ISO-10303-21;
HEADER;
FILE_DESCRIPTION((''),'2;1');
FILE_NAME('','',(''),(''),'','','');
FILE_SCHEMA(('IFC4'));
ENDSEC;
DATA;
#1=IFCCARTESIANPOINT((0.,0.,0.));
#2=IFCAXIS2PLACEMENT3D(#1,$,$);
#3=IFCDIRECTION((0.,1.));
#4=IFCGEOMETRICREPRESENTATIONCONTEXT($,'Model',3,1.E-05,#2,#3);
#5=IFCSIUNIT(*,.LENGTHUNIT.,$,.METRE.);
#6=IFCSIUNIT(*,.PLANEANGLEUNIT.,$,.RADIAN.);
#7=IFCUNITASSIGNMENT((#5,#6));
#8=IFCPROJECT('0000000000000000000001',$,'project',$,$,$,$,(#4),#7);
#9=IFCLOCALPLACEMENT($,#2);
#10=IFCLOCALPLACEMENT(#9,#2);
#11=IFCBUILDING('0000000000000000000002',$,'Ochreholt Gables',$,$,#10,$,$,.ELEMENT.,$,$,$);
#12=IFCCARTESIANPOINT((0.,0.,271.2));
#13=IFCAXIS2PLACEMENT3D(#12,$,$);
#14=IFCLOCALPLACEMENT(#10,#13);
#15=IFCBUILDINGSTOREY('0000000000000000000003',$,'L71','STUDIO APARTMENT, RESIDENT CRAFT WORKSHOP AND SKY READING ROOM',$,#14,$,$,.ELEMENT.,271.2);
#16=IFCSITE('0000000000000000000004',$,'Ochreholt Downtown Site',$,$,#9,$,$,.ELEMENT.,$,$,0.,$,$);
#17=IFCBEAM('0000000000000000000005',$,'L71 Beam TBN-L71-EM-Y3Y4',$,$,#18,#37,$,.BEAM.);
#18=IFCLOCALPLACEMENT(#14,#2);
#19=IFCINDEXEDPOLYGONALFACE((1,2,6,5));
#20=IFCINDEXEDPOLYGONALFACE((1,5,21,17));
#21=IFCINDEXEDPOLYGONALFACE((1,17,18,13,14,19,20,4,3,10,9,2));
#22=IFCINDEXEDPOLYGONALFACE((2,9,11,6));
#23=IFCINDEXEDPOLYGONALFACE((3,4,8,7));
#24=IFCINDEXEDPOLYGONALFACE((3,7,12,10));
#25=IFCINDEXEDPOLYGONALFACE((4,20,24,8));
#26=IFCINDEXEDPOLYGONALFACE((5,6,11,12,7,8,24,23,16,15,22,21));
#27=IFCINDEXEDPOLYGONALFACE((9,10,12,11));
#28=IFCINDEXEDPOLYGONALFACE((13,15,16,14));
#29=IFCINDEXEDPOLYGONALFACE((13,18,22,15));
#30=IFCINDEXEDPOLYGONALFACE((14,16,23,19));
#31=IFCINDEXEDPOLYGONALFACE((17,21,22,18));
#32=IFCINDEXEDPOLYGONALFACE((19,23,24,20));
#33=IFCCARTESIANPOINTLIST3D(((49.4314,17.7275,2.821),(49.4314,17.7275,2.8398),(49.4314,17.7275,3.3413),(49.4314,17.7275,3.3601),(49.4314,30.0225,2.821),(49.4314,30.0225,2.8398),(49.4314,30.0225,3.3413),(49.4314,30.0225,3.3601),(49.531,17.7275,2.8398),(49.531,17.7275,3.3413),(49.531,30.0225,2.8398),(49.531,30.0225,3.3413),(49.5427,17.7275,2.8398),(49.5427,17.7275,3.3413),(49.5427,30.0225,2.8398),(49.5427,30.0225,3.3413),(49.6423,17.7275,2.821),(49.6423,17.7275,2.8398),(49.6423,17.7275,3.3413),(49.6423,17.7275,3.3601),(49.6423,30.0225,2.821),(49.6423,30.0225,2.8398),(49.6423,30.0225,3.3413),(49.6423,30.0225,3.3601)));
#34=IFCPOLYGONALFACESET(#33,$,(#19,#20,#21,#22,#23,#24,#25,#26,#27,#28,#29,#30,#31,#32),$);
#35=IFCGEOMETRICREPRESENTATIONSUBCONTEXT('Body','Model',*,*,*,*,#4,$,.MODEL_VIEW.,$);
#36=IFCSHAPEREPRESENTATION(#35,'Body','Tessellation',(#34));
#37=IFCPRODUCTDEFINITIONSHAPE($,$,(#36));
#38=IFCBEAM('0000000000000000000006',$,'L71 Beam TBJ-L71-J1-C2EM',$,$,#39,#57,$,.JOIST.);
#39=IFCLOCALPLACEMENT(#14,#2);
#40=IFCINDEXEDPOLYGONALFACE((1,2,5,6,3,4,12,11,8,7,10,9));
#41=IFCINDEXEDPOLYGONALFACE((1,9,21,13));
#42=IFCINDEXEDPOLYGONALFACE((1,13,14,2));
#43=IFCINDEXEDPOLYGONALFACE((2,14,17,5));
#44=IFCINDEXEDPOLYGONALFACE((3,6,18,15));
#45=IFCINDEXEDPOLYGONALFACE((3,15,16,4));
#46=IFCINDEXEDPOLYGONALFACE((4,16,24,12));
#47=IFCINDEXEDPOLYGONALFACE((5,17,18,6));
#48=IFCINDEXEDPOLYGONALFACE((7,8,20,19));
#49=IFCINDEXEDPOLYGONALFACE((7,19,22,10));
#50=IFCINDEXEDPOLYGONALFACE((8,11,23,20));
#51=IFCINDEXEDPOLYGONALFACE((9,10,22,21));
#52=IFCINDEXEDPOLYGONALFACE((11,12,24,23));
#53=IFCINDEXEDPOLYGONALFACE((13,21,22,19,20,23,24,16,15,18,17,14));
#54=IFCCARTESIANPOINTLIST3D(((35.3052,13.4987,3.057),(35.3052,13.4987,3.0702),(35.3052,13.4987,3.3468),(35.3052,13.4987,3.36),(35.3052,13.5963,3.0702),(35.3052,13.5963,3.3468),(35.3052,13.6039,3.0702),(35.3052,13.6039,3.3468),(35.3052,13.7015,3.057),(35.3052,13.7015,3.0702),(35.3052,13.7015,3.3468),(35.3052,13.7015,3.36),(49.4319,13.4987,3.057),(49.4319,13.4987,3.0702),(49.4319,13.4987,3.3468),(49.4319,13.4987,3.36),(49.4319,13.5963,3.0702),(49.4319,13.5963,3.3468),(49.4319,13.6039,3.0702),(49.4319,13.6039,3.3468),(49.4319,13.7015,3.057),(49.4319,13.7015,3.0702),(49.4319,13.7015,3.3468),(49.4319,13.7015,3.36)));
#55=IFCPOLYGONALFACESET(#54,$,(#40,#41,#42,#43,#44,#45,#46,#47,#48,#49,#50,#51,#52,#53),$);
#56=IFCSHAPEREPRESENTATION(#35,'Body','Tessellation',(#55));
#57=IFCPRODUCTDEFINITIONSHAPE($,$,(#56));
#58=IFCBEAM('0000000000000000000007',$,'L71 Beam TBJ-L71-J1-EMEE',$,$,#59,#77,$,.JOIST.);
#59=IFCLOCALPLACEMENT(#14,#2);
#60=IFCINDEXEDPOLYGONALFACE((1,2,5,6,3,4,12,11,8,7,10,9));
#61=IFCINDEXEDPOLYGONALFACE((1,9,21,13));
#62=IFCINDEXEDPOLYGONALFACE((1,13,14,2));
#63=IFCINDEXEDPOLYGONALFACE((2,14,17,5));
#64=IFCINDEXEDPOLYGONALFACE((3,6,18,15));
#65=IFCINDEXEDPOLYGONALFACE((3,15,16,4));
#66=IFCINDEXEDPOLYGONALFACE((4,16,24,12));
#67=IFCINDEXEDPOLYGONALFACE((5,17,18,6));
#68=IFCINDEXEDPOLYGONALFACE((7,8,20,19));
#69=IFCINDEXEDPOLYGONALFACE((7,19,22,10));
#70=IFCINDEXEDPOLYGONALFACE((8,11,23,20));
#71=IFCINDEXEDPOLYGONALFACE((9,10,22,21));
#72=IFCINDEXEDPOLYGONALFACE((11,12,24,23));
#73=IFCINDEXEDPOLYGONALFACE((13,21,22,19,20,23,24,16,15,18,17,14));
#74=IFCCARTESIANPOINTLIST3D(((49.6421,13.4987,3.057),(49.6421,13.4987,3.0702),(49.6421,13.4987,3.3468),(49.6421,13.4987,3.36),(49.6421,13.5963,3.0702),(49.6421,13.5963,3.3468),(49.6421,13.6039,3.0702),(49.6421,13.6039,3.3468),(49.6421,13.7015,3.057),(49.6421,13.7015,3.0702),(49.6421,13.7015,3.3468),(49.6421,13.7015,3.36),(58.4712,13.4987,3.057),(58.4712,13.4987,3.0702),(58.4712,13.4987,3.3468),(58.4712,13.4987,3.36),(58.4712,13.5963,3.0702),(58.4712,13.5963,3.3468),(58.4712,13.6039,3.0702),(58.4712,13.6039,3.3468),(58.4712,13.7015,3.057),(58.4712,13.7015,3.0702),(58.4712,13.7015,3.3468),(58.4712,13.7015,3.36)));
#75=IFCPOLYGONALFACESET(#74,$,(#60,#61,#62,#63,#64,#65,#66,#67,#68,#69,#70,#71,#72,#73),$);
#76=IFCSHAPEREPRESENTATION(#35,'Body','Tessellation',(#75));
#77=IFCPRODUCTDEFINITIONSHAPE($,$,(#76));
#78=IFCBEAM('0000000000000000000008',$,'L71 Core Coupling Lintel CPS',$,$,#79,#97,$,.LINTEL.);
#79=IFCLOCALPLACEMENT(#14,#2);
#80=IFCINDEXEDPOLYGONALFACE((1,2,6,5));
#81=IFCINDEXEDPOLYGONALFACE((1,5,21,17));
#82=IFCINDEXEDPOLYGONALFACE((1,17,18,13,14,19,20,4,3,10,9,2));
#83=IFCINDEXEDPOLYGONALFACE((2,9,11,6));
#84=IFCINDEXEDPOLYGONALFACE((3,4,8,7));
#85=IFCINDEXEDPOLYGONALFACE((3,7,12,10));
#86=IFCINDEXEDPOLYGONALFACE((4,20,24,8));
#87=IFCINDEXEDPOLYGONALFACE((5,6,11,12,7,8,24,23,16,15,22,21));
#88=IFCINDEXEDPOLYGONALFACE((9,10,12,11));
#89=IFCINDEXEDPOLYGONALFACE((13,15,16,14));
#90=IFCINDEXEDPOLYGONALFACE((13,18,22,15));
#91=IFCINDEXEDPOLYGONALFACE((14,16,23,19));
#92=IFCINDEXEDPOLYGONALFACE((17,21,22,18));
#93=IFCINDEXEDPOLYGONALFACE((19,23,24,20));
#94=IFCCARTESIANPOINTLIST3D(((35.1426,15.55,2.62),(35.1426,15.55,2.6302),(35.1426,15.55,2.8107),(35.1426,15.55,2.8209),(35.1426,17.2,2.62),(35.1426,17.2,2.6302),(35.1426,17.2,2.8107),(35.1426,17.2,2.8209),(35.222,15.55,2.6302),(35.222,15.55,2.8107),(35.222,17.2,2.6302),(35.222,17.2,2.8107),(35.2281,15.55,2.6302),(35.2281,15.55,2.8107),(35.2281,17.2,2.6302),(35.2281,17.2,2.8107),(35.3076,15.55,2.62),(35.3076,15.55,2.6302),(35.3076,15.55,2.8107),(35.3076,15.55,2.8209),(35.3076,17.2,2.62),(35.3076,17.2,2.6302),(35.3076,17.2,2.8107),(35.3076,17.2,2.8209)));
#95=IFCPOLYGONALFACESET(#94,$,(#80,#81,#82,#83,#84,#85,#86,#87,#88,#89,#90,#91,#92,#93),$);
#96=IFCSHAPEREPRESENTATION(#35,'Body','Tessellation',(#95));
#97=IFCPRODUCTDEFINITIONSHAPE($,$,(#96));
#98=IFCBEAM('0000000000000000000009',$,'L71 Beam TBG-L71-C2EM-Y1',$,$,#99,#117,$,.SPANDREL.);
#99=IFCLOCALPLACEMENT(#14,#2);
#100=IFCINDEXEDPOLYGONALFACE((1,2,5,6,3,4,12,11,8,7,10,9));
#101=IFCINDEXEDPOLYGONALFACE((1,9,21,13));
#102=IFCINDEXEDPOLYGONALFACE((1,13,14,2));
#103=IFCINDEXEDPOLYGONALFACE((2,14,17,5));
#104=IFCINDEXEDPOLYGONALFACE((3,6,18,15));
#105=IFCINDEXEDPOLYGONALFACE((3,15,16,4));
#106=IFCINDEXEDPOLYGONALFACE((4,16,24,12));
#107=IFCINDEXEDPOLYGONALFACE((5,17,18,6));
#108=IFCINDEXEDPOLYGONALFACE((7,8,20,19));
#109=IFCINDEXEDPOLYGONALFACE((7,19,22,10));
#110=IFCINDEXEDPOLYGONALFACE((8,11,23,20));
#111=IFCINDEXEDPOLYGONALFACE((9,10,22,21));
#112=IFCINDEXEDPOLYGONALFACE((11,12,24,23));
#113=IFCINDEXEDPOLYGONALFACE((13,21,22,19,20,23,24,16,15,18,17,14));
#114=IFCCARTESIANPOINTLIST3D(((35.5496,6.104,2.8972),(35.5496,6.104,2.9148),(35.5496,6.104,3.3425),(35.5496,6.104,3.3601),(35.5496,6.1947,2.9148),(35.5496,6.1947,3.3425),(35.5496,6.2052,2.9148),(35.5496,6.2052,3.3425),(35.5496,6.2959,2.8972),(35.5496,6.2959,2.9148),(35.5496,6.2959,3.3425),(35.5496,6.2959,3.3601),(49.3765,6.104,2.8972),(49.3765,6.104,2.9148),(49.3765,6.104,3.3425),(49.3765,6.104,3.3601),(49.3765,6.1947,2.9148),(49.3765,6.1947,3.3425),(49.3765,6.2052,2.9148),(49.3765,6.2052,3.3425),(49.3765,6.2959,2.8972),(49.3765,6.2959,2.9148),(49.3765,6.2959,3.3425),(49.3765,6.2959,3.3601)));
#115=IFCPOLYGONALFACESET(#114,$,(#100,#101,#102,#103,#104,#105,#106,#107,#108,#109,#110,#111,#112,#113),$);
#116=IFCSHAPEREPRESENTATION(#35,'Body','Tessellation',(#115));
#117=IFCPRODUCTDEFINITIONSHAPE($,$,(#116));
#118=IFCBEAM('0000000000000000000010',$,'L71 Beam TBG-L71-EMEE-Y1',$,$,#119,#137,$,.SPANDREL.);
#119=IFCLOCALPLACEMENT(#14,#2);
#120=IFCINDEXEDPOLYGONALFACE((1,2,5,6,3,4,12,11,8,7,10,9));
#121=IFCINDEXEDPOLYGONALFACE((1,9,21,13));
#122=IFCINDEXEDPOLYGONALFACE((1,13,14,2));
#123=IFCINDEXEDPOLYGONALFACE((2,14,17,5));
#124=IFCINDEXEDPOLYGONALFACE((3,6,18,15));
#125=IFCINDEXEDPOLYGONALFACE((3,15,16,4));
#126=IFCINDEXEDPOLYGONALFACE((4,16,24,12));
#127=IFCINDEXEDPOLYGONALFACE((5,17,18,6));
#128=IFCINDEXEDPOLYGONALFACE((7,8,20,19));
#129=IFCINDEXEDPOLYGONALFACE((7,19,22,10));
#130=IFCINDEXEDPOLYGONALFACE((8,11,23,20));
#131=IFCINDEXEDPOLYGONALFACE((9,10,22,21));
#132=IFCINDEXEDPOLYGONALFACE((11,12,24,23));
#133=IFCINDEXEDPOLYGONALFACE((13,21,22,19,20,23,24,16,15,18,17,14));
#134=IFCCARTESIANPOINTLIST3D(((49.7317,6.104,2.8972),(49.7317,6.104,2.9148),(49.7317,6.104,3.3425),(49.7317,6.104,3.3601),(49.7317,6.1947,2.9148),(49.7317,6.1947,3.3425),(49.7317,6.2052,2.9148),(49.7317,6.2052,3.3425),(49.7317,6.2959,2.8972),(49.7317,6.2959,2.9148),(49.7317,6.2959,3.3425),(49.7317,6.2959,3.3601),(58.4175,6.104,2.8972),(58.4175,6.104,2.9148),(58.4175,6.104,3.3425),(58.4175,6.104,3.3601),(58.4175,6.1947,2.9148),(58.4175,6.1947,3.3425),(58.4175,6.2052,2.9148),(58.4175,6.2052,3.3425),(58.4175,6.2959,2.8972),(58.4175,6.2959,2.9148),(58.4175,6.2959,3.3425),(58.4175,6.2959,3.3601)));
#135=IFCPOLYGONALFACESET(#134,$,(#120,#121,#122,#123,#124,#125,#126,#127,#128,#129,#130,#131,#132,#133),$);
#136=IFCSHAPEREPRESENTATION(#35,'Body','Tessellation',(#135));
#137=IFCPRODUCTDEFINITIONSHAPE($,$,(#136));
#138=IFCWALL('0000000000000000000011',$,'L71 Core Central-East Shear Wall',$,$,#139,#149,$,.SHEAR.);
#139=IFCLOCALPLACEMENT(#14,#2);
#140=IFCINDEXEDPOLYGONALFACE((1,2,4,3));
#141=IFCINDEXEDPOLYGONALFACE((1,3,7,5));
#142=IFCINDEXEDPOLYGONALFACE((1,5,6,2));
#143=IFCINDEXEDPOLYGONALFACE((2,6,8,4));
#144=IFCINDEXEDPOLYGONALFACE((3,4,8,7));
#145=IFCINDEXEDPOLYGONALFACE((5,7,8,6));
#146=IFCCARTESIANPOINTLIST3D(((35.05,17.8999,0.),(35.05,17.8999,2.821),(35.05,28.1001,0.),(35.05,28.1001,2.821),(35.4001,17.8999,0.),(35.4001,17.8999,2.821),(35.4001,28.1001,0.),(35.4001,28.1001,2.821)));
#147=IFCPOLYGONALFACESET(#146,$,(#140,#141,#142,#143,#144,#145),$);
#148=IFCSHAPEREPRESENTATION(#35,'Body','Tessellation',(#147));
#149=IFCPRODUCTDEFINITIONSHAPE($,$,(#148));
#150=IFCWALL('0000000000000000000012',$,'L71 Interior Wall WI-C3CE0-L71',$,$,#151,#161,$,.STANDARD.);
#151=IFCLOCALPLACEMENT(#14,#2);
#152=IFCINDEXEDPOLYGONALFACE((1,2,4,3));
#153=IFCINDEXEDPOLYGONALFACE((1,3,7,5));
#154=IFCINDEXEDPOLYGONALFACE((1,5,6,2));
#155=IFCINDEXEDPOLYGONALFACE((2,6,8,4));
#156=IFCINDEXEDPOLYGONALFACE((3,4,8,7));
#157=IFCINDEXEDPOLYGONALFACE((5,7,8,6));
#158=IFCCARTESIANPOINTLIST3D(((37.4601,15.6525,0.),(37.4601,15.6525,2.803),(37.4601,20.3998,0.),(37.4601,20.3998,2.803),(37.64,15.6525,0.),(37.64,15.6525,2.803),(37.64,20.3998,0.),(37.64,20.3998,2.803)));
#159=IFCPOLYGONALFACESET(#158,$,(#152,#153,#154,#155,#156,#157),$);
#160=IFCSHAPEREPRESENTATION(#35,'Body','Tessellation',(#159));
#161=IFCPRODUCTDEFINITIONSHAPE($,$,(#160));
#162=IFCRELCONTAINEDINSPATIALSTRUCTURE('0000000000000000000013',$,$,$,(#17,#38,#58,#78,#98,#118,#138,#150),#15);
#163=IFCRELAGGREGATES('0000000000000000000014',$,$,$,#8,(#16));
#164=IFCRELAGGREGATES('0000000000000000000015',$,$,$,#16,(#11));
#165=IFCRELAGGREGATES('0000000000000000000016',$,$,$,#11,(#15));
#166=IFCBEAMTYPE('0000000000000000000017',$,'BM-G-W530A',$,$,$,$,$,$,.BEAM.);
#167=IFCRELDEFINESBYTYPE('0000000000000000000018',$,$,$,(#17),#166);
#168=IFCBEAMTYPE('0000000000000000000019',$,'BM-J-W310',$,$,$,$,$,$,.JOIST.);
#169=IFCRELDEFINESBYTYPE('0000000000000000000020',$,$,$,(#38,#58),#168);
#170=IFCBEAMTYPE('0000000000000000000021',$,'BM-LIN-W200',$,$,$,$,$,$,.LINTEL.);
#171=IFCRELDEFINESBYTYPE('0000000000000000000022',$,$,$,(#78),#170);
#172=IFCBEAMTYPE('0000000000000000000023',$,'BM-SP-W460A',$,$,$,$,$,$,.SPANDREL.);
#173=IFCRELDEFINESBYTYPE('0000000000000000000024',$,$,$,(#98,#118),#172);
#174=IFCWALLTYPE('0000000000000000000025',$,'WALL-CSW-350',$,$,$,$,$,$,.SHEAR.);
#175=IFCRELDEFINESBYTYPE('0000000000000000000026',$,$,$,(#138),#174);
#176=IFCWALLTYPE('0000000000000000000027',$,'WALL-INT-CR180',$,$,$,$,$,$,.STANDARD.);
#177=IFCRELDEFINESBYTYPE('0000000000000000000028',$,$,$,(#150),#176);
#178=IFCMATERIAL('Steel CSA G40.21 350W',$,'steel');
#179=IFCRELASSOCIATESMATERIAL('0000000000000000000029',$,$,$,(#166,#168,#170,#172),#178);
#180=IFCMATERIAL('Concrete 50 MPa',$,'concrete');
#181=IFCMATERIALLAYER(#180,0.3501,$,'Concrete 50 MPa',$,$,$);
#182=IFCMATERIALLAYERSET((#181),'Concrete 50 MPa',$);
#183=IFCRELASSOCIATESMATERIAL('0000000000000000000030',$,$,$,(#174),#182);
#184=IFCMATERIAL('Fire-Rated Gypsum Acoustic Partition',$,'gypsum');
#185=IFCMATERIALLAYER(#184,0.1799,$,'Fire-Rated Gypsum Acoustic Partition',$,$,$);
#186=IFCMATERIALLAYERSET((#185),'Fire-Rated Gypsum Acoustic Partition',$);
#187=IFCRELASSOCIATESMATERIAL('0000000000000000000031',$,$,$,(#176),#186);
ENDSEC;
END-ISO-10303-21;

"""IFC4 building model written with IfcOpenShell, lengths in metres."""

from ifc_helpers import new_model, si_unit, direction, frame, frame_2d, origin, origin_2d, place, context, subcontext, project, spatial, rectangle, i_section, extrude, material, layer, layer_set, material_profile, profile_set, type_object, element, save


model = new_model("IFC4")

# Units and contexts
model_context = context("Model", 3, precision=1e-05, world=origin(), true_north=direction((0.0, 1.0)))
body_context = subcontext(model_context, "Body", "Model", "MODEL_VIEW")
ifc_project = project(units=[si_unit("LENGTHUNIT", "METRE"), si_unit("PLANEANGLEUNIT", "RADIAN")], contexts=[model_context])

# Site, building, storey
site_placement = place(None, origin())
site = spatial("IfcSite", under=ifc_project, at=site_placement, Name="Ochreholt Downtown Site", CompositionType="ELEMENT", RefElevation=0.0)
building_placement = place(site_placement, origin())
building = spatial("IfcBuilding", under=site, at=building_placement, Name="Ochreholt Gables", CompositionType="ELEMENT")
storey_placement = place(building_placement, frame((0.0, 0.0, 271.2)))
storey = spatial("IfcBuildingStorey", under=building, at=storey_placement, Name="L71", Description="STUDIO APARTMENT, RESIDENT CRAFT WORKSHOP AND SKY READING ROOM", CompositionType="ELEMENT", Elevation=271.2)

# Shared definitions
ifc_material_1 = material(Name="Steel CSA G40.21 350W", Category="steel")

# Beams
ifc_material_profile_1 = material_profile(ifc_material_1, i_section(OverallWidth=0.2109, OverallDepth=0.5391, WebThickness=0.0117, FlangeThickness=0.0188, at=origin_2d()), Name="W530X109")
ifc_profile_set_1 = profile_set([ifc_material_profile_1], Name="Steel CSA G40.21 350W")
beam_type_1 = type_object("IfcBeamType", Name="BM-G-W530A", PredefinedType="BEAM", material=ifc_profile_set_1)
beam_1_placement = place(storey_placement, frame((49.5369, 17.7275, 3.0906), z_axis=(0.0, 1.0, 0.0), x_axis=(-1.0, 0.0, 0.0)))
element("IfcBeam", 1, at=beam_1_placement, inside=storey, type_object=beam_type_1, Name="L71 Beam TBN-L71-EM-Y3Y4", PredefinedType="BEAM", context=body_context, shape_type="SweptSolid", body=[
    extrude(i_section(OverallWidth=0.2109, OverallDepth=0.5391, WebThickness=0.0117, FlangeThickness=0.0188, at=origin_2d()), origin(), (0.0, 0.0, 1.0), 12.2949),
])
ifc_material_profile_2 = material_profile(ifc_material_1, i_section(OverallWidth=0.2029, OverallDepth=0.303, WebThickness=0.0076, FlangeThickness=0.0132, at=origin_2d()), Name="W310X60")
ifc_profile_set_2 = profile_set([ifc_material_profile_2], Name="Steel CSA G40.21 350W")
beam_type_2 = type_object("IfcBeamType", Name="BM-J-W310", PredefinedType="JOIST", material=ifc_profile_set_2)
beam_2_placement = place(storey_placement, frame((35.3052, 13.6001, 3.2085), z_axis=(1.0, 0.0, 0.0), x_axis=(0.0, 1.0, 0.0)))
element("IfcBeam", 2, at=beam_2_placement, inside=storey, type_object=beam_type_2, Name="L71 Beam TBJ-L71-J1-C2EM", PredefinedType="JOIST", context=body_context, shape_type="SweptSolid", body=[
    extrude(i_section(OverallWidth=0.2029, OverallDepth=0.303, WebThickness=0.0076, FlangeThickness=0.0132, at=origin_2d()), origin(), (0.0, 0.0, 1.0), 14.1267),
])
beam_3_placement = place(storey_placement, frame((49.6421, 13.6001, 3.2085), z_axis=(1.0, 0.0, 0.0), x_axis=(0.0, 1.0, 0.0)))
element("IfcBeam", 3, at=beam_3_placement, inside=storey, type_object=beam_type_2, Name="L71 Beam TBJ-L71-J1-EMEE", PredefinedType="JOIST", context=body_context, shape_type="SweptSolid", body=[
    extrude(i_section(OverallWidth=0.2029, OverallDepth=0.303, WebThickness=0.0076, FlangeThickness=0.0132, at=origin_2d()), origin(), (0.0, 0.0, 1.0), 8.8291),
])
ifc_material_profile_3 = material_profile(ifc_material_1, i_section(OverallWidth=0.165, OverallDepth=0.2009, WebThickness=0.0061, FlangeThickness=0.0103, at=origin_2d()), Name="W200X36")
ifc_profile_set_3 = profile_set([ifc_material_profile_3], Name="Steel CSA G40.21 350W")
beam_type_3 = type_object("IfcBeamType", Name="BM-LIN-W200", PredefinedType="LINTEL", material=ifc_profile_set_3)
beam_4_placement = place(storey_placement, frame((35.2251, 15.55, 2.7205), z_axis=(0.0, 1.0, 0.0), x_axis=(-1.0, 0.0, 0.0)))
element("IfcBeam", 4, at=beam_4_placement, inside=storey, type_object=beam_type_3, Name="L71 Core Coupling Lintel CPS", PredefinedType="LINTEL", context=body_context, shape_type="SweptSolid", body=[
    extrude(i_section(OverallWidth=0.165, OverallDepth=0.2009, WebThickness=0.0061, FlangeThickness=0.0103, at=origin_2d()), origin(), (0.0, 0.0, 1.0), 1.6499),
])
ifc_material_profile_4 = material_profile(ifc_material_1, i_section(OverallWidth=0.1919, OverallDepth=0.4629, WebThickness=0.0105, FlangeThickness=0.0176, at=origin_2d()), Name="W460X89")
ifc_profile_set_4 = profile_set([ifc_material_profile_4], Name="Steel CSA G40.21 350W")
beam_type_4 = type_object("IfcBeamType", Name="BM-SP-W460A", PredefinedType="SPANDREL", material=ifc_profile_set_4)
beam_5_placement = place(storey_placement, frame((35.5496, 6.2, 3.1287), z_axis=(1.0, 0.0, 0.0), x_axis=(0.0, 1.0, 0.0)))
element("IfcBeam", 5, at=beam_5_placement, inside=storey, type_object=beam_type_4, Name="L71 Beam TBG-L71-C2EM-Y1", PredefinedType="SPANDREL", context=body_context, shape_type="SweptSolid", body=[
    extrude(i_section(OverallWidth=0.1919, OverallDepth=0.4629, WebThickness=0.0105, FlangeThickness=0.0176, at=origin_2d()), origin(), (0.0, 0.0, 1.0), 13.8269),
])
beam_6_placement = place(storey_placement, frame((49.7317, 6.2, 3.1287), z_axis=(1.0, 0.0, 0.0), x_axis=(0.0, 1.0, 0.0)))
element("IfcBeam", 6, at=beam_6_placement, inside=storey, type_object=beam_type_4, Name="L71 Beam TBG-L71-EMEE-Y1", PredefinedType="SPANDREL", context=body_context, shape_type="SweptSolid", body=[
    extrude(i_section(OverallWidth=0.1919, OverallDepth=0.4629, WebThickness=0.0105, FlangeThickness=0.0176, at=origin_2d()), origin(), (0.0, 0.0, 1.0), 8.6858),
])

# Walls
ifc_material_2 = material(Name="Concrete 50 MPa", Category="concrete")
ifc_layer_1 = layer(ifc_material_2, 0.3501, Name="Concrete 50 MPa")
ifc_layer_set_1 = layer_set([ifc_layer_1], Name="Concrete 50 MPa")
wall_type_1 = type_object("IfcWallType", Name="WALL-CSW-350", PredefinedType="SHEAR", material=ifc_layer_set_1)
wall_1_placement = place(storey_placement, frame((35.2251, 17.8999, 0.0), z_axis=(0.0, 0.0, 1.0), x_axis=(0.0, 1.0, 0.0)))
element("IfcWall", 7, at=wall_1_placement, inside=storey, type_object=wall_type_1, Name="L71 Core Central-East Shear Wall", PredefinedType="SHEAR", context=body_context, shape_type="SweptSolid", body=[
    extrude(rectangle(XDim=10.2002, YDim=0.3501, at=frame_2d((5.1001, 0.0))), origin(), (0.0, 0.0, 1.0), 2.821),
])
ifc_material_3 = material(Name="Fire-Rated Gypsum Acoustic Partition", Category="gypsum")
ifc_layer_2 = layer(ifc_material_3, 0.1799, Name="Fire-Rated Gypsum Acoustic Partition")
ifc_layer_set_2 = layer_set([ifc_layer_2], Name="Fire-Rated Gypsum Acoustic Partition")
wall_type_2 = type_object("IfcWallType", Name="WALL-INT-CR180", PredefinedType="STANDARD", material=ifc_layer_set_2)
wall_2_placement = place(storey_placement, frame((37.55, 15.6526, 0.0), z_axis=(0.0, 0.0, 1.0), x_axis=(0.0, 1.0, 0.0)))
element("IfcWall", 8, at=wall_2_placement, inside=storey, type_object=wall_type_2, Name="L71 Interior Wall WI-C3CE0-L71", PredefinedType="STANDARD", context=body_context, shape_type="SweptSolid", body=[
    extrude(rectangle(XDim=4.7473, YDim=0.1799, at=frame_2d((2.3735, 0.0))), origin(), (0.0, 0.0, 1.0), 2.803),
])

save(model, "model.ifc")
